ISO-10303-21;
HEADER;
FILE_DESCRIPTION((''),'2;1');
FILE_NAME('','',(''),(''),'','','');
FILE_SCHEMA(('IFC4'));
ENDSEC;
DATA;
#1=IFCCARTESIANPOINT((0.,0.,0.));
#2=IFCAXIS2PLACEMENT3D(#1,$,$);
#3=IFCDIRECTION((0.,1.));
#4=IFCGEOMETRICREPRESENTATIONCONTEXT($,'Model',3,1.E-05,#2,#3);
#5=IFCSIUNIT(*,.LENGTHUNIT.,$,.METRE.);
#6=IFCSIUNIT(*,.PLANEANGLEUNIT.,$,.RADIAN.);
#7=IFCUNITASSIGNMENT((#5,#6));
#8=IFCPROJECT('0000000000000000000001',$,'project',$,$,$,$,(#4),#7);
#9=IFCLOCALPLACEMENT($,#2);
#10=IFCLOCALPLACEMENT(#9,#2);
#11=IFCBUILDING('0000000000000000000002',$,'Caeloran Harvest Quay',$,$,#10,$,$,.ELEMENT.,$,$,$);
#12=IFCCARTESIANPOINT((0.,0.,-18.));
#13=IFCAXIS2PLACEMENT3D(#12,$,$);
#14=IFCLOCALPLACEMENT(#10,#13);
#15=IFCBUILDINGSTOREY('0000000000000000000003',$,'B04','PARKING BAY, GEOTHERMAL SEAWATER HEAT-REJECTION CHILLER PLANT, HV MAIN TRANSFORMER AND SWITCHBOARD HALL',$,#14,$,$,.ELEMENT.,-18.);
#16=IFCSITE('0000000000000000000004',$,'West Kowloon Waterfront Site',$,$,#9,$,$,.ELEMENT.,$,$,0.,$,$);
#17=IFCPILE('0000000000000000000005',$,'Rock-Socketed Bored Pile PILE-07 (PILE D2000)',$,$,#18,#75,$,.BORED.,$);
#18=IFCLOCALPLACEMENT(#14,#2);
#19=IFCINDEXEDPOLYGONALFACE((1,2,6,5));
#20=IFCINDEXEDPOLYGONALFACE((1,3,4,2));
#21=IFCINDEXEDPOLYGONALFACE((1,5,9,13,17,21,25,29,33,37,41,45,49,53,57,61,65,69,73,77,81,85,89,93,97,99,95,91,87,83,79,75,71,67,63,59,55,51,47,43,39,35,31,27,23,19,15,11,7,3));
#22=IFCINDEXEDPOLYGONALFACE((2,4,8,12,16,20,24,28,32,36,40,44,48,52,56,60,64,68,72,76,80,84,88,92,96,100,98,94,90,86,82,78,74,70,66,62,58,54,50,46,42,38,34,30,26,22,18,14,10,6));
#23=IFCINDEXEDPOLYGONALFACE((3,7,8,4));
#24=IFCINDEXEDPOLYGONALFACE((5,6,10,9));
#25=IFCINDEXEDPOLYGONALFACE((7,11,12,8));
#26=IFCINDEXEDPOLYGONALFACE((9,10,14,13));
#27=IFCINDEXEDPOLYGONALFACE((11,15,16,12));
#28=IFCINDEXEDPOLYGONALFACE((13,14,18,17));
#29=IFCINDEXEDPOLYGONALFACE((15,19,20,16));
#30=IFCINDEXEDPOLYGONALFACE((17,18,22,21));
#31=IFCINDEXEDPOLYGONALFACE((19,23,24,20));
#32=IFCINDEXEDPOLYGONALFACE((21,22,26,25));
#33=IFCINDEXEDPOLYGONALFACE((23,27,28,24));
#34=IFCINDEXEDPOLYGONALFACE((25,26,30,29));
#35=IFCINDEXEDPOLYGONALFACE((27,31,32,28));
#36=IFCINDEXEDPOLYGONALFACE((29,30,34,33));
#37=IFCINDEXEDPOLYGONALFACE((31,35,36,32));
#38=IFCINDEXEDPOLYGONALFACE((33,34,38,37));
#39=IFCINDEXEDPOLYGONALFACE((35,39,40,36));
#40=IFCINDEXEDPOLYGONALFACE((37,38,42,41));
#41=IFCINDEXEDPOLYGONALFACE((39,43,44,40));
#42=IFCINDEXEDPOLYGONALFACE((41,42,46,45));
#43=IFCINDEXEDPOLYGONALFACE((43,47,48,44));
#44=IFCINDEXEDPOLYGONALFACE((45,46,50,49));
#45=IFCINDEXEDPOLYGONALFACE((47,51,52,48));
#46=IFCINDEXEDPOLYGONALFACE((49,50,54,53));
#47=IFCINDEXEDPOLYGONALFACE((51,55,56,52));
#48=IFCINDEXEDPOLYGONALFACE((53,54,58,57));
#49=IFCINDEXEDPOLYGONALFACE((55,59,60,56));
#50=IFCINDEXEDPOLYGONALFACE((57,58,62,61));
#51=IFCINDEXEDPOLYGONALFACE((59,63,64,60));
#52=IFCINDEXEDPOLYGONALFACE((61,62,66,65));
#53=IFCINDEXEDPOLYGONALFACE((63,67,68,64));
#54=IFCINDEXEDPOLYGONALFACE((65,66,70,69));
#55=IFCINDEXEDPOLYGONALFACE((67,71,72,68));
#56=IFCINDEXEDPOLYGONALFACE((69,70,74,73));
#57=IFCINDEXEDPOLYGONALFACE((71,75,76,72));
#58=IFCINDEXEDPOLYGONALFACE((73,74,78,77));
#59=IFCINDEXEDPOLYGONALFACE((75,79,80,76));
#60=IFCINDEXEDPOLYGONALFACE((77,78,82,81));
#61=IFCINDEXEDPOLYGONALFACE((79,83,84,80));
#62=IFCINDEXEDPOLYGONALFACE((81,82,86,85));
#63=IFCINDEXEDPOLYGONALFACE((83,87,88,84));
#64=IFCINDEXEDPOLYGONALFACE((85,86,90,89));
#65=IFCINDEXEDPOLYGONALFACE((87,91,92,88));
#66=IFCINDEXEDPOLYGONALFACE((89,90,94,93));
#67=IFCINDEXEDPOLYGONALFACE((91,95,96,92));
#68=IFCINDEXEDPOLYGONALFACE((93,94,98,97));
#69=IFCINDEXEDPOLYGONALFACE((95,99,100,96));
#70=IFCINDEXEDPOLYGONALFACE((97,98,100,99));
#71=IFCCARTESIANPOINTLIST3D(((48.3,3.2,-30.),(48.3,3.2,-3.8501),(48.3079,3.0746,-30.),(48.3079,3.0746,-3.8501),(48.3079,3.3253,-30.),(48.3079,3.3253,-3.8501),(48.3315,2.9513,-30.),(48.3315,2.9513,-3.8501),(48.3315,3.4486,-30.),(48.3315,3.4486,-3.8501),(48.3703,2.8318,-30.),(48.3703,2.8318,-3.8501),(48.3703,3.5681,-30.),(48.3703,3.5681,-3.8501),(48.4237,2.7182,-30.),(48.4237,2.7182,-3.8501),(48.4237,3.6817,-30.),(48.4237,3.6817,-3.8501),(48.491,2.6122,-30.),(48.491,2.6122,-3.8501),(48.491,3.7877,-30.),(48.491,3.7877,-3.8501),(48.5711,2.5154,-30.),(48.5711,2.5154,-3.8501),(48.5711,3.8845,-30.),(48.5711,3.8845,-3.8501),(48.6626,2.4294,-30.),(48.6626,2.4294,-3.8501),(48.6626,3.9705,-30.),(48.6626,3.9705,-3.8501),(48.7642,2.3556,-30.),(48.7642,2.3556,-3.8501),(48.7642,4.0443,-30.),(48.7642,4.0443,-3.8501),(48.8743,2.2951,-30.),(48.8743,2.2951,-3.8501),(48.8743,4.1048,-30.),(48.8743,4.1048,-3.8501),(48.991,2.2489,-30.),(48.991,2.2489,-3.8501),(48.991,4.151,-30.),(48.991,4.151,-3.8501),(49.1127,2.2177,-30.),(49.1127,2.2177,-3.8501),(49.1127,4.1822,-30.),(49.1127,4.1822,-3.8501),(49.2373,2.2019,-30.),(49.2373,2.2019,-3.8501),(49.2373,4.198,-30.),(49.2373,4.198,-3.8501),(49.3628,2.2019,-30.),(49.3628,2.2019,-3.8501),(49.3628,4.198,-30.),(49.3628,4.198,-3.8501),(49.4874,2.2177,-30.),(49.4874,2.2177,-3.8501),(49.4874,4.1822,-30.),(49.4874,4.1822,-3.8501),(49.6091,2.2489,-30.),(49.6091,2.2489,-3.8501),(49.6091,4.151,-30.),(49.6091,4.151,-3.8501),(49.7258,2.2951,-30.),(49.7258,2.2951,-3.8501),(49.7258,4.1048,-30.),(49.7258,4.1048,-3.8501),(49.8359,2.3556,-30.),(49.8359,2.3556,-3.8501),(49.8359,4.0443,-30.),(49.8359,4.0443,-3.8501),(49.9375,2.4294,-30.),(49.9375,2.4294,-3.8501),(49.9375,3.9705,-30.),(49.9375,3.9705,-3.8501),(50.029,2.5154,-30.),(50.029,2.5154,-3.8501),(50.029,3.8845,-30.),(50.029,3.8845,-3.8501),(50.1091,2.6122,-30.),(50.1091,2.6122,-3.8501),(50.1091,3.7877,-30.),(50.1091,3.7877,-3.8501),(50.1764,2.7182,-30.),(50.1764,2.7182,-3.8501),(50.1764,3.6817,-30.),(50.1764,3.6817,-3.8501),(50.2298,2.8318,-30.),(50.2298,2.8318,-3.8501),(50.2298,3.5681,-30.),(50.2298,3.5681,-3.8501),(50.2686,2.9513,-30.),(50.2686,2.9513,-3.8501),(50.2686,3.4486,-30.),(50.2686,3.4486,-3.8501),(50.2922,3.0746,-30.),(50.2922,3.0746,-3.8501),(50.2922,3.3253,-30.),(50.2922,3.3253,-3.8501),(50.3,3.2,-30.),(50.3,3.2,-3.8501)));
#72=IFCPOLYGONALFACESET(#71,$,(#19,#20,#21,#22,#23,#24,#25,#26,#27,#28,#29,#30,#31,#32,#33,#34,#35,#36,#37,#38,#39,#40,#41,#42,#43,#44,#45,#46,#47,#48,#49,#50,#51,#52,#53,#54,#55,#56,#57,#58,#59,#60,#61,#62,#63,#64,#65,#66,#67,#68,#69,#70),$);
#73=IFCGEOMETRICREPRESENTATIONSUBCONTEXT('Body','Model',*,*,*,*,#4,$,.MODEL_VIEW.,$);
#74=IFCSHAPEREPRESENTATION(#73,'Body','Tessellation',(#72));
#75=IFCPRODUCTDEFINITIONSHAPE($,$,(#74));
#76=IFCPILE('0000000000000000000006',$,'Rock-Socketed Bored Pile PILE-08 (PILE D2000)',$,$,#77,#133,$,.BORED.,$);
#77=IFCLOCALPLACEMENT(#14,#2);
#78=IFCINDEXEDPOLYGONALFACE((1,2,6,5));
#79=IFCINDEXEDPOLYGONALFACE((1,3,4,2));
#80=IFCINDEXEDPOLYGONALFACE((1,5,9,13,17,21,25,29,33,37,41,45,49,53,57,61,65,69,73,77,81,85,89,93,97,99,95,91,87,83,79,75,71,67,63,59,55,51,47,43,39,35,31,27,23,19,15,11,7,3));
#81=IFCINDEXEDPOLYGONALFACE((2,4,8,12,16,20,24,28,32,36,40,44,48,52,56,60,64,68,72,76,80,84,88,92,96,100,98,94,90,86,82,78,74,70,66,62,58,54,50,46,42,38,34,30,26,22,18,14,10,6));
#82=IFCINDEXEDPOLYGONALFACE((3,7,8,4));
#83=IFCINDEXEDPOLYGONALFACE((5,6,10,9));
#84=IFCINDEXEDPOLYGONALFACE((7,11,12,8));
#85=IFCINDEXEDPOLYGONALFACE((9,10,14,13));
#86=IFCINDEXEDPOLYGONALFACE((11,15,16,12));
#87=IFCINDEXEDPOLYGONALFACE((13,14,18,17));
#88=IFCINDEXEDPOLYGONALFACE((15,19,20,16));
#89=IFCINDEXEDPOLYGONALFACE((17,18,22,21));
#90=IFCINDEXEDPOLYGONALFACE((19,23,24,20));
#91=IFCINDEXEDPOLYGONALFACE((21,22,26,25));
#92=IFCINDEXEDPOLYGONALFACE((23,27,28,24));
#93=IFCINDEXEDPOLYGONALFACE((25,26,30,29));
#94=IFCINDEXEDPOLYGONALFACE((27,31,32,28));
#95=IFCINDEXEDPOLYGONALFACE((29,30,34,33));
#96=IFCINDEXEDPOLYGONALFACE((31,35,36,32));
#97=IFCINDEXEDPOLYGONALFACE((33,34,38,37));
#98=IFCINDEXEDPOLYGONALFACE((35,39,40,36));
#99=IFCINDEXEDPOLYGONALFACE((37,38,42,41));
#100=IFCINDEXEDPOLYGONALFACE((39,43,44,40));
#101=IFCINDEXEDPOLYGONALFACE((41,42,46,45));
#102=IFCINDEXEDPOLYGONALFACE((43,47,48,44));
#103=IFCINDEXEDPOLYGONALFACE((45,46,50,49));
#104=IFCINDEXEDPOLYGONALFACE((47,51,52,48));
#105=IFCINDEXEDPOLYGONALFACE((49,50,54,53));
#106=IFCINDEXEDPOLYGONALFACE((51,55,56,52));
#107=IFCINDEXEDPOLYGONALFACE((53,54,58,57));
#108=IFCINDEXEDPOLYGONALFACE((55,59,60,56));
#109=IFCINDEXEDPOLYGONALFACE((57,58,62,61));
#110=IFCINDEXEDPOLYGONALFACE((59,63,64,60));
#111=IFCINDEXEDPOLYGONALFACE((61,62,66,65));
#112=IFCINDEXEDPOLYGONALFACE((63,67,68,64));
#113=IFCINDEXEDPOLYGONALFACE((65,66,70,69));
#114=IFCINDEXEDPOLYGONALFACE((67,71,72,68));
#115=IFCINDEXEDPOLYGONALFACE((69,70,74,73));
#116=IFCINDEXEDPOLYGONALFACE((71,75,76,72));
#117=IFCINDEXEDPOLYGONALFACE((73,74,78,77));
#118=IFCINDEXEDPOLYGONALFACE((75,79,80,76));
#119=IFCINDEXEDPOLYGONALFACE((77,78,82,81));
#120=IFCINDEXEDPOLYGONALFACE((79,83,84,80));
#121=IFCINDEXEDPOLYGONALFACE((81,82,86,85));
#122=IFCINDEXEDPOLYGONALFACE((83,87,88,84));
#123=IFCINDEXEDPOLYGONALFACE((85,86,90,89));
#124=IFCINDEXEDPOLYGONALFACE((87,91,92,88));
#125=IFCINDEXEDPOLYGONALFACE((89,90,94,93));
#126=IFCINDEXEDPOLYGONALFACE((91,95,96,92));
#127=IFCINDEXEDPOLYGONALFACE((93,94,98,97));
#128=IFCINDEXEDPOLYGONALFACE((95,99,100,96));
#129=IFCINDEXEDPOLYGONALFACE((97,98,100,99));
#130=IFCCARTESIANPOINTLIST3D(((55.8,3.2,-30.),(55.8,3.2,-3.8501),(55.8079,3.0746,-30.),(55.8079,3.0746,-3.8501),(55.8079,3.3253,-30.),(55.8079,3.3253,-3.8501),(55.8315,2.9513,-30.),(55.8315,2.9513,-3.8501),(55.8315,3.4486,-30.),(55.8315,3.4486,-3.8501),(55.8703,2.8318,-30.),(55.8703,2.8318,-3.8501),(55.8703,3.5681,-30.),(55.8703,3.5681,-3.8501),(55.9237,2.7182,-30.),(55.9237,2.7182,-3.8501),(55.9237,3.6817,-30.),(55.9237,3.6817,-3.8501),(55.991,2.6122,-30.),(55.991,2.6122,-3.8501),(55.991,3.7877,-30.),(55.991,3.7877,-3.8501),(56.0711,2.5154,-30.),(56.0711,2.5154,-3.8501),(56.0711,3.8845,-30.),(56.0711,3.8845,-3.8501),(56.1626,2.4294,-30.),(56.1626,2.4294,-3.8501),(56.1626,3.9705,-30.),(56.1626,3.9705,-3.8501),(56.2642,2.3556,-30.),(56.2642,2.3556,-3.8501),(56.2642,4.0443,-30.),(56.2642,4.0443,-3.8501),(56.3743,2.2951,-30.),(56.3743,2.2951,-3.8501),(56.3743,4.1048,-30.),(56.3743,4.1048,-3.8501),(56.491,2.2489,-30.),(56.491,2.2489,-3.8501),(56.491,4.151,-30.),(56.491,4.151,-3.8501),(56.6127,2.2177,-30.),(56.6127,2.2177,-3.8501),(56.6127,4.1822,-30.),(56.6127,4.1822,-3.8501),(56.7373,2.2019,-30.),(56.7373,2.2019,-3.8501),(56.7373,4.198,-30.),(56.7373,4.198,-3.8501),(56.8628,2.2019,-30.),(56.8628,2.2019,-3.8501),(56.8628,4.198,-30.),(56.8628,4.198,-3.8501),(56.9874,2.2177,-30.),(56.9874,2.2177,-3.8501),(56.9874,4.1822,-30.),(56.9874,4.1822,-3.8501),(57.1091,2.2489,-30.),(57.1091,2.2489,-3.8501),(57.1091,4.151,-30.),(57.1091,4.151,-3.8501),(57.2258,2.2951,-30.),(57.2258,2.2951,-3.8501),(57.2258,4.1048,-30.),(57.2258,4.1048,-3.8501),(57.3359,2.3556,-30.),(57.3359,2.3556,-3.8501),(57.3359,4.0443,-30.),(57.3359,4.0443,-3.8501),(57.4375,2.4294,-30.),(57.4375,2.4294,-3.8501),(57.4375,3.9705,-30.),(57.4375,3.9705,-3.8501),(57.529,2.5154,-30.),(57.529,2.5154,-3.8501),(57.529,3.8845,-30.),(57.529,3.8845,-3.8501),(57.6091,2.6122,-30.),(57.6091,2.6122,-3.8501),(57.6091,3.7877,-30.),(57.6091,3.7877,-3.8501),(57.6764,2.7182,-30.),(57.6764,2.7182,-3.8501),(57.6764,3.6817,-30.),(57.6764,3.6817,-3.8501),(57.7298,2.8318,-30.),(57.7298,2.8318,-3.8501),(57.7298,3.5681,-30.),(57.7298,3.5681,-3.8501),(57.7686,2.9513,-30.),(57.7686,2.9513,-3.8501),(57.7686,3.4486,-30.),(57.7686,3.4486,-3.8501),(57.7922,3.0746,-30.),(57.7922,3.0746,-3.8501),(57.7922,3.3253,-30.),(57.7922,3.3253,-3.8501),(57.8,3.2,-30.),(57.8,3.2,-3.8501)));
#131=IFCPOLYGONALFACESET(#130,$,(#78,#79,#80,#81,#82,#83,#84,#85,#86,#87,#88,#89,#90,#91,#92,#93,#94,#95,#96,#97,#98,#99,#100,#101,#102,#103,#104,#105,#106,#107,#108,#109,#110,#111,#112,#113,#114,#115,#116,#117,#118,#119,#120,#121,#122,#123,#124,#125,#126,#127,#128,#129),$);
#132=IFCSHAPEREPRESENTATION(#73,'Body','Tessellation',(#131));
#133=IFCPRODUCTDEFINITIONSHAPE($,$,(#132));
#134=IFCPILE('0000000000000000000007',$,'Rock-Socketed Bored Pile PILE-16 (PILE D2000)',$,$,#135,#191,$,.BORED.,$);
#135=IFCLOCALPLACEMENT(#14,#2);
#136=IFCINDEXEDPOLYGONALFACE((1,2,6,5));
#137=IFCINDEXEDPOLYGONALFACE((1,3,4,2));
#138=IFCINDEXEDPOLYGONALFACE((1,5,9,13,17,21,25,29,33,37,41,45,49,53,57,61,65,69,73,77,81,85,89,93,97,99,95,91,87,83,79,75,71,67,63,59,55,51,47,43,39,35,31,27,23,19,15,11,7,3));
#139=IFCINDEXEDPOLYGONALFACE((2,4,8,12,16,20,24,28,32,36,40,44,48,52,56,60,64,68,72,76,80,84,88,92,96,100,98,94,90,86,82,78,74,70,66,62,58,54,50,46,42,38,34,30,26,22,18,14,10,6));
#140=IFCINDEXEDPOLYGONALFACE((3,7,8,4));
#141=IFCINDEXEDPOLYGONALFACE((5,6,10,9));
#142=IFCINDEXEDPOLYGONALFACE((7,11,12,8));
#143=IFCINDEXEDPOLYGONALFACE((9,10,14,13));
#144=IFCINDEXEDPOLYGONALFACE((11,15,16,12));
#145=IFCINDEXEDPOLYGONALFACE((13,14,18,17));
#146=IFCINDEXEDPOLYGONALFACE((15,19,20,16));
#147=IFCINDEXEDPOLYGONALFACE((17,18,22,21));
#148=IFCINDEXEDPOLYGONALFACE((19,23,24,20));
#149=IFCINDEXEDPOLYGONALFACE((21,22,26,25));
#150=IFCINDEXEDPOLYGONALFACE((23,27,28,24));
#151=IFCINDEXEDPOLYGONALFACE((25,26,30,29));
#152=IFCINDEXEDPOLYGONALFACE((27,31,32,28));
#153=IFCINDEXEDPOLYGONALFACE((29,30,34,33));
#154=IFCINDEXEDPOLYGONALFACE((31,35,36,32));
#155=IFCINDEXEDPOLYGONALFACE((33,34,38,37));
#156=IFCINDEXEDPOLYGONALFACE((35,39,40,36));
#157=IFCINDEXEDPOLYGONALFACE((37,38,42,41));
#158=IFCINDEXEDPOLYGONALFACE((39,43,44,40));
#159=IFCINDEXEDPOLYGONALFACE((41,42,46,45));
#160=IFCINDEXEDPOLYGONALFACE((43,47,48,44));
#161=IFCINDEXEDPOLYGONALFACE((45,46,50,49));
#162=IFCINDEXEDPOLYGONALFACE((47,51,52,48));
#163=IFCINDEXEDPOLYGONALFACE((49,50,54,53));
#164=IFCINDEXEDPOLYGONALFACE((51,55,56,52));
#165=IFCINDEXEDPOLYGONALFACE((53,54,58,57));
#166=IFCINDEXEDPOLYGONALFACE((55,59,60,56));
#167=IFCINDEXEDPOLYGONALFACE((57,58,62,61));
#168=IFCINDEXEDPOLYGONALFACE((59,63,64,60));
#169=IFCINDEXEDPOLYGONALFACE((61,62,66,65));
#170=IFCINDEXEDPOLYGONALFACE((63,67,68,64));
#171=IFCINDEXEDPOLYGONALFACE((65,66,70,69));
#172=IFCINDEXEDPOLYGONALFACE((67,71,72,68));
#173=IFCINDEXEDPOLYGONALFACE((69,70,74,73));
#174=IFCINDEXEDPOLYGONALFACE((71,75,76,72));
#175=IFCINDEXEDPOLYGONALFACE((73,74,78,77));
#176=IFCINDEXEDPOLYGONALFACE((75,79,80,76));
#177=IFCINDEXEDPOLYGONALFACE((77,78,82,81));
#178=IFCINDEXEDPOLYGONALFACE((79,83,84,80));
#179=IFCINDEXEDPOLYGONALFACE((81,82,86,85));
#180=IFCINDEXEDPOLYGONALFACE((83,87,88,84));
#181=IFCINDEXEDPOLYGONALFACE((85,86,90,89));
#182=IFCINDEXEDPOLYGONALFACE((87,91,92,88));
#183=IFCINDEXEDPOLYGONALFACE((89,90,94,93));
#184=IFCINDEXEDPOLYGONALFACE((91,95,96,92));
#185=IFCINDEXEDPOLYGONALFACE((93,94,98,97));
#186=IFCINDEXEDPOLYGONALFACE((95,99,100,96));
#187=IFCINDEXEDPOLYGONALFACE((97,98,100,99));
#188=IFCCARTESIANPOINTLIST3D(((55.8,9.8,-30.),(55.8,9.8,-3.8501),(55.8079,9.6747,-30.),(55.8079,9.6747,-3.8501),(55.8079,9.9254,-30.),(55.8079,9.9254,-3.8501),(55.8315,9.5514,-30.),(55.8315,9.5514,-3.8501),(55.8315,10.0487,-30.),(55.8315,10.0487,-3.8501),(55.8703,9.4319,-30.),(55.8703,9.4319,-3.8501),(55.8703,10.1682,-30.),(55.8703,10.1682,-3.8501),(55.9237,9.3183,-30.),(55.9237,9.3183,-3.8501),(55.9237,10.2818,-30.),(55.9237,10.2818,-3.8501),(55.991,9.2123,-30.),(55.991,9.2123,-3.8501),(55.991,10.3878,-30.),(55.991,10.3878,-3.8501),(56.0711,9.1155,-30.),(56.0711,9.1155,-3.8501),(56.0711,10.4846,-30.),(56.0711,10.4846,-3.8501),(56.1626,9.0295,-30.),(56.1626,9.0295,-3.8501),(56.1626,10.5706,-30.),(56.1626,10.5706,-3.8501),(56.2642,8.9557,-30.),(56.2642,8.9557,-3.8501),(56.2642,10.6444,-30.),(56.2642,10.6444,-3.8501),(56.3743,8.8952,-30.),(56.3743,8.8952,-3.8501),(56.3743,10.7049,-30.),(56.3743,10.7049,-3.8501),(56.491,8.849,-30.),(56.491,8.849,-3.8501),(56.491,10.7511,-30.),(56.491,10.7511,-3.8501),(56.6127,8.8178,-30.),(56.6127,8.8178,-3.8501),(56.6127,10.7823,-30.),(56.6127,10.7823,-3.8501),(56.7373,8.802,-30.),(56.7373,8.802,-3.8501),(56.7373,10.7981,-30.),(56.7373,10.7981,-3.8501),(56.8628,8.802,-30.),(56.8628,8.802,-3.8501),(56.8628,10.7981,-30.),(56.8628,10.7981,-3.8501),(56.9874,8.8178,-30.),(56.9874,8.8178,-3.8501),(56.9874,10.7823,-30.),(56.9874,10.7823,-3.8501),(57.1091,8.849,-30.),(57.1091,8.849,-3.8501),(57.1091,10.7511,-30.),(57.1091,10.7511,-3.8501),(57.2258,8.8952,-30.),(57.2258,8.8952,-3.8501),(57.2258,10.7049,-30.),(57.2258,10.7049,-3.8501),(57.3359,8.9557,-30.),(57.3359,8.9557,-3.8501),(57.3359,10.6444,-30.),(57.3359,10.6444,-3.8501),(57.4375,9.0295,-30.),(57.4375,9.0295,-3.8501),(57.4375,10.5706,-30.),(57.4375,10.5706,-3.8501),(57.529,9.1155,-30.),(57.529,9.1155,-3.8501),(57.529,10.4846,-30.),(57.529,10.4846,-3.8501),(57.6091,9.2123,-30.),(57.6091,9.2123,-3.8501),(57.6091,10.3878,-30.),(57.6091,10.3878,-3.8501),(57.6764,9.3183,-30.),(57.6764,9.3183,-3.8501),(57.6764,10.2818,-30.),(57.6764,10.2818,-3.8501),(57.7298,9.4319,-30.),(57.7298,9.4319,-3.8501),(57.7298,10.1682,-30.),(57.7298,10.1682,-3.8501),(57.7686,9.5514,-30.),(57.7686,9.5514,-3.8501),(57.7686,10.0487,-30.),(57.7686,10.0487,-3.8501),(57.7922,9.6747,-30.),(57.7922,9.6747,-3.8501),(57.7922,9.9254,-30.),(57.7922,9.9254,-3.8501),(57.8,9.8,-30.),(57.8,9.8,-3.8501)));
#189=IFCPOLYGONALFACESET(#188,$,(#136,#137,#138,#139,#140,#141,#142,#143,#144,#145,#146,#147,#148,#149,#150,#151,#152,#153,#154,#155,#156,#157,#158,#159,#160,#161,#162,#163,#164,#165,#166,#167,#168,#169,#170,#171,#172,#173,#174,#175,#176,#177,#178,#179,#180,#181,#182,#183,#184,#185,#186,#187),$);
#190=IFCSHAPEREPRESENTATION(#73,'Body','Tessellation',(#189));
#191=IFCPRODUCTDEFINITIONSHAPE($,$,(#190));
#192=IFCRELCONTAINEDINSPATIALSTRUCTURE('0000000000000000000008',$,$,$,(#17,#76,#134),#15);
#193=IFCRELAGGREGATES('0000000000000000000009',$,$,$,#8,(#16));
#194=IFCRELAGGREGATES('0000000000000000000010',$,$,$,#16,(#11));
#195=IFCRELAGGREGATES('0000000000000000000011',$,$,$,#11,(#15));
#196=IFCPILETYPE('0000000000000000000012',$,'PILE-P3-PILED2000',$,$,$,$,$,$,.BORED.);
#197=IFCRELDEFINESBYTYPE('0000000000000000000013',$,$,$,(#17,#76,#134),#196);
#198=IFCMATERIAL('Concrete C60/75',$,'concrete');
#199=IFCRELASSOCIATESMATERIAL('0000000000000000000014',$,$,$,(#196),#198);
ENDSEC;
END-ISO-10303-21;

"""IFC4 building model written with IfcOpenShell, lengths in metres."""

from ifc_helpers import new_model, si_unit, direction, frame, origin, origin_2d, place, context, subcontext, project, spatial, circle, extrude, material, material_profile, profile_set, type_object, element, save


model = new_model("IFC4")

# Units and contexts
model_context = context("Model", 3, precision=1e-05, world=origin(), true_north=direction((0.0, 1.0)))
body_context = subcontext(model_context, "Body", "Model", "MODEL_VIEW")
ifc_project = project(units=[si_unit("LENGTHUNIT", "METRE"), si_unit("PLANEANGLEUNIT", "RADIAN")], contexts=[model_context])

# Site, building, storey
site_placement = place(None, origin())
site = spatial("IfcSite", under=ifc_project, at=site_placement, Name="West Kowloon Waterfront Site", CompositionType="ELEMENT", RefElevation=0.0)
building_placement = place(site_placement, origin())
building = spatial("IfcBuilding", under=site, at=building_placement, Name="Caeloran Harvest Quay", CompositionType="ELEMENT")
storey_placement = place(building_placement, frame((0.0, 0.0, -18.0)))
storey = spatial("IfcBuildingStorey", under=building, at=storey_placement, Name="B04", Description="PARKING BAY, GEOTHERMAL SEAWATER HEAT-REJECTION CHILLER PLANT, HV MAIN TRANSFORMER AND SWITCHBOARD HALL", CompositionType="ELEMENT", Elevation=-18.0)

# Piles
ifc_material_1 = material(Name="Concrete C60/75", Category="concrete")
ifc_material_profile_1 = material_profile(ifc_material_1, circle(Radius=1.0, at=origin_2d()), Name="PILE D2000")
ifc_profile_set_1 = profile_set([ifc_material_profile_1], Name="Concrete C60/75")
pile_type_1 = type_object("IfcPileType", Name="PILE-P3-PILED2000", PredefinedType="BORED", material=ifc_profile_set_1)
for number, where, z_axis, x_axis, name in (
    (1, (49.3, 3.2, -3.8501), (0.0, 0.0, -1.0), (1.0, 0.0, 0.0), "Rock-Socketed Bored Pile PILE-07 (PILE D2000)"),
    (2, (56.8, 3.2, -3.8501), (0.0, 0.0, -1.0), (1.0, 0.0, 0.0), "Rock-Socketed Bored Pile PILE-08 (PILE D2000)"),
    (3, (56.8, 9.8, -3.8501), (0.0, 0.0, -1.0), (1.0, 0.0, 0.0), "Rock-Socketed Bored Pile PILE-16 (PILE D2000)"),
):
    element("IfcPile", number, at=place(storey_placement, frame(where, z_axis=z_axis, x_axis=x_axis)), inside=storey, type_object=pile_type_1, Name=name, PredefinedType="BORED", context=body_context, shape_type="SweptSolid", body=[
        extrude(circle(Radius=1.0, at=origin_2d()), origin(), (0.0, 0.0, 1.0), 26.1499),
    ])

save(model, "model.ifc")
